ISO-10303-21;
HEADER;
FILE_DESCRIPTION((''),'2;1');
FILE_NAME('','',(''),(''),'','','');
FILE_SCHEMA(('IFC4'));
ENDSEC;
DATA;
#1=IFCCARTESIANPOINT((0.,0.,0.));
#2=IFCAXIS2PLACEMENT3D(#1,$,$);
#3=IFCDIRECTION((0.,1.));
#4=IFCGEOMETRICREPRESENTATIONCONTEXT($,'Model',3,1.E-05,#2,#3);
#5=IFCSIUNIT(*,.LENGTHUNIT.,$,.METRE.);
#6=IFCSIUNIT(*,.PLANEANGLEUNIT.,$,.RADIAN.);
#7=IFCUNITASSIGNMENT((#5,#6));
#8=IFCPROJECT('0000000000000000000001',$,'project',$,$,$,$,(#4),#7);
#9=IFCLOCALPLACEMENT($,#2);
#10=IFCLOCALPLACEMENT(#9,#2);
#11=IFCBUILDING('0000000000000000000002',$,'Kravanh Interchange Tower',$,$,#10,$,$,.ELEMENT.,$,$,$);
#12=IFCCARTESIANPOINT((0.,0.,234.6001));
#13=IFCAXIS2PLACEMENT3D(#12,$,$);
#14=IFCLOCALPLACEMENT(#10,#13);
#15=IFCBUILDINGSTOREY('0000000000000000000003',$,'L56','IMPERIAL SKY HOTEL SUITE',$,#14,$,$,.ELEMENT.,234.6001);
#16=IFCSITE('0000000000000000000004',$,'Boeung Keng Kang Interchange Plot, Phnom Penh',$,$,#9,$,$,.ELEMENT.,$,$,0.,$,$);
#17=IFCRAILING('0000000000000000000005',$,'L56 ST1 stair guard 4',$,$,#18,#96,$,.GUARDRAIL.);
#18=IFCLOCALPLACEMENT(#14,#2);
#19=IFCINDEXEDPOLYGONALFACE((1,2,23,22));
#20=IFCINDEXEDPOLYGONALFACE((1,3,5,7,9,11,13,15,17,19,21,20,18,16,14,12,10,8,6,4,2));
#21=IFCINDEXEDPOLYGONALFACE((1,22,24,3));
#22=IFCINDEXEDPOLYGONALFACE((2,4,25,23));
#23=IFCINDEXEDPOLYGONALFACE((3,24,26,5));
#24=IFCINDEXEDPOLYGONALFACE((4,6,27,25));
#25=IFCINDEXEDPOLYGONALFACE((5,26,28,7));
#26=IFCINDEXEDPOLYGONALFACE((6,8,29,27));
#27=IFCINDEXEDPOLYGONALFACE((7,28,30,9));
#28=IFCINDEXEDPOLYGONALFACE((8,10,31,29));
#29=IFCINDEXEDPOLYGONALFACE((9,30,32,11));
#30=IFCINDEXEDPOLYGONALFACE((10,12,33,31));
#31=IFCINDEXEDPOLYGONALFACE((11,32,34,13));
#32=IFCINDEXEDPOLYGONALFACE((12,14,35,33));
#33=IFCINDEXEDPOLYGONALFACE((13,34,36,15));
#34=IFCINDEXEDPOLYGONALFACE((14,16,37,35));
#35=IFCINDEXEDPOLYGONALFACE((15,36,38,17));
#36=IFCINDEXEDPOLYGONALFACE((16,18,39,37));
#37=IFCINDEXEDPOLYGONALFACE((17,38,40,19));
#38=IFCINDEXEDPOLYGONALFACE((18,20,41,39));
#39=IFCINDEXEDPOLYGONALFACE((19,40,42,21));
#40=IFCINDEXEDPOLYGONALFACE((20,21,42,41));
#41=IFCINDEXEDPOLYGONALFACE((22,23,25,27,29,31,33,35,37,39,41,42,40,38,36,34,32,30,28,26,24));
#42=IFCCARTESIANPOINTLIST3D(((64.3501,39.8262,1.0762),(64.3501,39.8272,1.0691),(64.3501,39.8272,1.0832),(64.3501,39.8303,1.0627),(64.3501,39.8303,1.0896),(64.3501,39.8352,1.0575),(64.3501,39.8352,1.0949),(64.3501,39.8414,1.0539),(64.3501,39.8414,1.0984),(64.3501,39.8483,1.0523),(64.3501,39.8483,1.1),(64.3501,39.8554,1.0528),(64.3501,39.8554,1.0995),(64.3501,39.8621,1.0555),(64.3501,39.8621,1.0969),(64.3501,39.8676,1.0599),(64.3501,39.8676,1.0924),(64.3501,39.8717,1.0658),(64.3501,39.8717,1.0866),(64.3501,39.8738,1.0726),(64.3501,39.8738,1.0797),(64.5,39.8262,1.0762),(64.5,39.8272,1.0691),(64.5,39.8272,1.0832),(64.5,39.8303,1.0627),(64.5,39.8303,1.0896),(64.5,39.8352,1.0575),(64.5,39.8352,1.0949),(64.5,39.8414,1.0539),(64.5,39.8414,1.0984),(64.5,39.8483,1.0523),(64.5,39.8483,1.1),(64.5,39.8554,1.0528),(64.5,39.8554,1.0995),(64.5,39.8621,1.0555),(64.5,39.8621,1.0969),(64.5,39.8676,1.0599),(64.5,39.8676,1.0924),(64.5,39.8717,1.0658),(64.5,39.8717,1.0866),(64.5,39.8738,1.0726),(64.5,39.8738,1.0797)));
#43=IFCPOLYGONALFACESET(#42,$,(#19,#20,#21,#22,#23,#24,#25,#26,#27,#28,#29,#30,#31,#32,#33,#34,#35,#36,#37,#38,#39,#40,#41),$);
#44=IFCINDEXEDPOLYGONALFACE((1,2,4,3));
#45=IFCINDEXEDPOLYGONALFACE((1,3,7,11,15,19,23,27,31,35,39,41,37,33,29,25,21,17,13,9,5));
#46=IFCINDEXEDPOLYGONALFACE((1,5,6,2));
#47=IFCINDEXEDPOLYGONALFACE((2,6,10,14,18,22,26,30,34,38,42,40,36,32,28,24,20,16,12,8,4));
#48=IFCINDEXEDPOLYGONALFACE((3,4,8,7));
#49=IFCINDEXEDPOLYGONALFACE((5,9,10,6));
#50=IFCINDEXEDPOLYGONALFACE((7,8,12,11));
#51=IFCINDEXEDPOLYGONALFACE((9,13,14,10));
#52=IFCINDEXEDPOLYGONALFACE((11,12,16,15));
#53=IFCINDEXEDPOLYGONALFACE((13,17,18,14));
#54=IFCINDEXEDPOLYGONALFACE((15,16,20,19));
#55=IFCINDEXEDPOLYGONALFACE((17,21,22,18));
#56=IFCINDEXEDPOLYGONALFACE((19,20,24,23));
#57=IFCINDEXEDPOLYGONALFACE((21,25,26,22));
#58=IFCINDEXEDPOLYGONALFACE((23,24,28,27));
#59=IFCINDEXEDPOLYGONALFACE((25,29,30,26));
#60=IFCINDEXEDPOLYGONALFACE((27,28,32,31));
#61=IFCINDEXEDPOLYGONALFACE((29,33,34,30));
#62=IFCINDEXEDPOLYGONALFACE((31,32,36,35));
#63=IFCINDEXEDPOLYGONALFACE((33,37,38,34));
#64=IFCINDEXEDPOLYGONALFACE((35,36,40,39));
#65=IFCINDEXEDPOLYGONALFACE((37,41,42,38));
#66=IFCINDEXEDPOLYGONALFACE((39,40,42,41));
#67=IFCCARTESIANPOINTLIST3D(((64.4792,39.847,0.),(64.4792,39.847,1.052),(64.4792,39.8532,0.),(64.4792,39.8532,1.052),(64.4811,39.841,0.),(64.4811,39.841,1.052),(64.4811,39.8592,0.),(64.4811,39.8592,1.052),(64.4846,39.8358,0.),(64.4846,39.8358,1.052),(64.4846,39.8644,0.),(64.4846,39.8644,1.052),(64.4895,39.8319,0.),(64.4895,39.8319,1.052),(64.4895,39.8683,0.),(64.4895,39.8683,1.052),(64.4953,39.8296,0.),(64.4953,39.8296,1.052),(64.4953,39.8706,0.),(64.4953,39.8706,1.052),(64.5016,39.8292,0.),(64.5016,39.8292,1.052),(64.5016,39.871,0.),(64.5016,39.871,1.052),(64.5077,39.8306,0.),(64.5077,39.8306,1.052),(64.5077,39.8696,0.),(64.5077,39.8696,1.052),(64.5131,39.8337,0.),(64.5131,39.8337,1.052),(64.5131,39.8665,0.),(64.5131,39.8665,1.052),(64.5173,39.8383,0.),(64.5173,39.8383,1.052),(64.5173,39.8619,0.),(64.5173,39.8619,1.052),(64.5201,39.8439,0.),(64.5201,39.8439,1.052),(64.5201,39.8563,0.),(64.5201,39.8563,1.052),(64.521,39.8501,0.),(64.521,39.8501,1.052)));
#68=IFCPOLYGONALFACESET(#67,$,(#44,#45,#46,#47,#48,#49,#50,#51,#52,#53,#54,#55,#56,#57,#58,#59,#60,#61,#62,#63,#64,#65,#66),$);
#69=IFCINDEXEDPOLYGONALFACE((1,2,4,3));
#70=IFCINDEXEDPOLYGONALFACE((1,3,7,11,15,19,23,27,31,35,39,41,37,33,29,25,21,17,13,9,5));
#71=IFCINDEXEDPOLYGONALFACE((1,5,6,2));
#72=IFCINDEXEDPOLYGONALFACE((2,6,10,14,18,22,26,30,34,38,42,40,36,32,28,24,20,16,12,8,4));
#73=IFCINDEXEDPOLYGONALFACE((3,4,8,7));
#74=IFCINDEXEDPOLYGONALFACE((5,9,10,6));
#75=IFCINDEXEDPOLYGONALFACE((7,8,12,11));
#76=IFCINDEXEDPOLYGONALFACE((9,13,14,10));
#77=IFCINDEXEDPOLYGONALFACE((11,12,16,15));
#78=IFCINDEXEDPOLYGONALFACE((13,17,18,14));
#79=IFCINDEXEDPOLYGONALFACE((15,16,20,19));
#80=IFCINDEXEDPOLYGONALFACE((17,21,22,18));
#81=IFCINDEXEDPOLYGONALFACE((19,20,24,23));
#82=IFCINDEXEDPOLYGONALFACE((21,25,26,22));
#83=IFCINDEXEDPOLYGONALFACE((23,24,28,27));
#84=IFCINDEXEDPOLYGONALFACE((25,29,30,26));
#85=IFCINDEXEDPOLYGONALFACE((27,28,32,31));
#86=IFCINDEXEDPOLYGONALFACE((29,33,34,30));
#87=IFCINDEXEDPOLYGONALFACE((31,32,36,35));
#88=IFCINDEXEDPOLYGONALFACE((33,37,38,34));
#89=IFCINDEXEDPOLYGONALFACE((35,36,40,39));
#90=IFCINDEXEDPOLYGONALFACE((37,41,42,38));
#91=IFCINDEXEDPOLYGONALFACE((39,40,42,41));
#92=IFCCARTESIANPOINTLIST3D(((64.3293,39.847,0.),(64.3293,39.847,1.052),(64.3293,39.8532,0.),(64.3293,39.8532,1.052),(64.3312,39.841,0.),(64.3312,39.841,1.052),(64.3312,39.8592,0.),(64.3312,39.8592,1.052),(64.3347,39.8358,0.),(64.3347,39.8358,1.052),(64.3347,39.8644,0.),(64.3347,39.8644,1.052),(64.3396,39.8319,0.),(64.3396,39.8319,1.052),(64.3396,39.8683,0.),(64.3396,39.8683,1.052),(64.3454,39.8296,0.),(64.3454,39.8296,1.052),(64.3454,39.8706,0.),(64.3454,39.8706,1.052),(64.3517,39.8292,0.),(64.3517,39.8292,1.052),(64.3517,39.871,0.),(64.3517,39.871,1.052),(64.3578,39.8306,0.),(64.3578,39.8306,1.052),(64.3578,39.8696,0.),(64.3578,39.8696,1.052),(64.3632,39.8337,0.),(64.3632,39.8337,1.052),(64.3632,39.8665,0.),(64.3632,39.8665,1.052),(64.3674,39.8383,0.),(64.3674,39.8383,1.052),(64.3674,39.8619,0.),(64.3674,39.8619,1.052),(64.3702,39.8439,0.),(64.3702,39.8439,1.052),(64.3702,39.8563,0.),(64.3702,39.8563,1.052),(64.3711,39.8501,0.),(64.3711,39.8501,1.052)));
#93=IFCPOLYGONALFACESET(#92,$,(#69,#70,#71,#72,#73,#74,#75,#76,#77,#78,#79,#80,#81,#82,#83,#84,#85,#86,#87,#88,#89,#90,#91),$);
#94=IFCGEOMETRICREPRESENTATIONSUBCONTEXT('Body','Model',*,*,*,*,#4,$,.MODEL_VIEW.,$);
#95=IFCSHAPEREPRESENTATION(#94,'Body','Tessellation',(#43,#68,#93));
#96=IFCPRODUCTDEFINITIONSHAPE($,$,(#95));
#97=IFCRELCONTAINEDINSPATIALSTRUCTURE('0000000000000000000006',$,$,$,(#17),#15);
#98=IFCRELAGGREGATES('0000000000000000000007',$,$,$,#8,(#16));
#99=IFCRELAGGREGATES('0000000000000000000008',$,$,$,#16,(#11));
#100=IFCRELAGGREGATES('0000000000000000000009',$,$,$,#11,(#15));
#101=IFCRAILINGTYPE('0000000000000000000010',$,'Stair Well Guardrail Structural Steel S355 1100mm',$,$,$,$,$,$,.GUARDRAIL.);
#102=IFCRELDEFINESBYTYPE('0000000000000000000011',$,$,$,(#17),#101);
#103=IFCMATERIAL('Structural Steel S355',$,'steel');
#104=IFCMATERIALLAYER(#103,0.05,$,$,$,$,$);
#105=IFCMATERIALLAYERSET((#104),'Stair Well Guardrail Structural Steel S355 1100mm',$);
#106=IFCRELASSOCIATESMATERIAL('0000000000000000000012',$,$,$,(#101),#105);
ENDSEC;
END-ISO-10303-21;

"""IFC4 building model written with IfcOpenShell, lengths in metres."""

from ifc_helpers import new_model, si_unit, direction, frame, origin, origin_2d, place, context, subcontext, project, spatial, circle, extrude, material, layer, layer_set, type_object, element, save


model = new_model("IFC4")

# Units and contexts
model_context = context("Model", 3, precision=1e-05, world=origin(), true_north=direction((0.0, 1.0)))
body_context = subcontext(model_context, "Body", "Model", "MODEL_VIEW")
ifc_project = project(units=[si_unit("LENGTHUNIT", "METRE"), si_unit("PLANEANGLEUNIT", "RADIAN")], contexts=[model_context])

# Site, building, storey
site_placement = place(None, origin())
site = spatial("IfcSite", under=ifc_project, at=site_placement, Name="Boeung Keng Kang Interchange Plot, Phnom Penh", CompositionType="ELEMENT", RefElevation=0.0)
building_placement = place(site_placement, origin())
building = spatial("IfcBuilding", under=site, at=building_placement, Name="Kravanh Interchange Tower", CompositionType="ELEMENT")
storey_placement = place(building_placement, frame((0.0, 0.0, 234.6001)))
storey = spatial("IfcBuildingStorey", under=building, at=storey_placement, Name="L56", Description="IMPERIAL SKY HOTEL SUITE", CompositionType="ELEMENT", Elevation=234.6001)

# Railing
ifc_material_1 = material(Name="Structural Steel S355", Category="steel")
ifc_layer_1 = layer(ifc_material_1, 0.05)
ifc_layer_set_1 = layer_set([ifc_layer_1], Name="Stair Well Guardrail Structural Steel S355 1100mm")
railing_type_1 = type_object("IfcRailingType", Name="Stair Well Guardrail Structural Steel S355 1100mm", PredefinedType="GUARDRAIL", material=ifc_layer_set_1)
railing_1_placement = place(storey_placement, frame((64.5, 39.8501, 0.0)))
element("IfcRailing", 1, at=railing_1_placement, inside=storey, type_object=railing_type_1, Name="L56 ST1 stair guard 4", PredefinedType="GUARDRAIL", context=body_context, shape_type="SweptSolid", body=[
    extrude(circle(Radius=0.0239, at=origin_2d()), frame((0.0, 0.0, 1.0762), z_axis=(-1.0, 0.0, 0.0), x_axis=(0.0, -1.0, 0.0)), (0.0, 0.0, 1.0), 0.1499),
    extrude(circle(Radius=0.021, at=origin_2d()), origin(), (0.0, 0.0, 1.0), 1.052),
    extrude(circle(Radius=0.021, at=origin_2d()), frame((-0.1499, 0.0, 0.0)), (0.0, 0.0, 1.0), 1.052),
])

save(model, "model.ifc")
